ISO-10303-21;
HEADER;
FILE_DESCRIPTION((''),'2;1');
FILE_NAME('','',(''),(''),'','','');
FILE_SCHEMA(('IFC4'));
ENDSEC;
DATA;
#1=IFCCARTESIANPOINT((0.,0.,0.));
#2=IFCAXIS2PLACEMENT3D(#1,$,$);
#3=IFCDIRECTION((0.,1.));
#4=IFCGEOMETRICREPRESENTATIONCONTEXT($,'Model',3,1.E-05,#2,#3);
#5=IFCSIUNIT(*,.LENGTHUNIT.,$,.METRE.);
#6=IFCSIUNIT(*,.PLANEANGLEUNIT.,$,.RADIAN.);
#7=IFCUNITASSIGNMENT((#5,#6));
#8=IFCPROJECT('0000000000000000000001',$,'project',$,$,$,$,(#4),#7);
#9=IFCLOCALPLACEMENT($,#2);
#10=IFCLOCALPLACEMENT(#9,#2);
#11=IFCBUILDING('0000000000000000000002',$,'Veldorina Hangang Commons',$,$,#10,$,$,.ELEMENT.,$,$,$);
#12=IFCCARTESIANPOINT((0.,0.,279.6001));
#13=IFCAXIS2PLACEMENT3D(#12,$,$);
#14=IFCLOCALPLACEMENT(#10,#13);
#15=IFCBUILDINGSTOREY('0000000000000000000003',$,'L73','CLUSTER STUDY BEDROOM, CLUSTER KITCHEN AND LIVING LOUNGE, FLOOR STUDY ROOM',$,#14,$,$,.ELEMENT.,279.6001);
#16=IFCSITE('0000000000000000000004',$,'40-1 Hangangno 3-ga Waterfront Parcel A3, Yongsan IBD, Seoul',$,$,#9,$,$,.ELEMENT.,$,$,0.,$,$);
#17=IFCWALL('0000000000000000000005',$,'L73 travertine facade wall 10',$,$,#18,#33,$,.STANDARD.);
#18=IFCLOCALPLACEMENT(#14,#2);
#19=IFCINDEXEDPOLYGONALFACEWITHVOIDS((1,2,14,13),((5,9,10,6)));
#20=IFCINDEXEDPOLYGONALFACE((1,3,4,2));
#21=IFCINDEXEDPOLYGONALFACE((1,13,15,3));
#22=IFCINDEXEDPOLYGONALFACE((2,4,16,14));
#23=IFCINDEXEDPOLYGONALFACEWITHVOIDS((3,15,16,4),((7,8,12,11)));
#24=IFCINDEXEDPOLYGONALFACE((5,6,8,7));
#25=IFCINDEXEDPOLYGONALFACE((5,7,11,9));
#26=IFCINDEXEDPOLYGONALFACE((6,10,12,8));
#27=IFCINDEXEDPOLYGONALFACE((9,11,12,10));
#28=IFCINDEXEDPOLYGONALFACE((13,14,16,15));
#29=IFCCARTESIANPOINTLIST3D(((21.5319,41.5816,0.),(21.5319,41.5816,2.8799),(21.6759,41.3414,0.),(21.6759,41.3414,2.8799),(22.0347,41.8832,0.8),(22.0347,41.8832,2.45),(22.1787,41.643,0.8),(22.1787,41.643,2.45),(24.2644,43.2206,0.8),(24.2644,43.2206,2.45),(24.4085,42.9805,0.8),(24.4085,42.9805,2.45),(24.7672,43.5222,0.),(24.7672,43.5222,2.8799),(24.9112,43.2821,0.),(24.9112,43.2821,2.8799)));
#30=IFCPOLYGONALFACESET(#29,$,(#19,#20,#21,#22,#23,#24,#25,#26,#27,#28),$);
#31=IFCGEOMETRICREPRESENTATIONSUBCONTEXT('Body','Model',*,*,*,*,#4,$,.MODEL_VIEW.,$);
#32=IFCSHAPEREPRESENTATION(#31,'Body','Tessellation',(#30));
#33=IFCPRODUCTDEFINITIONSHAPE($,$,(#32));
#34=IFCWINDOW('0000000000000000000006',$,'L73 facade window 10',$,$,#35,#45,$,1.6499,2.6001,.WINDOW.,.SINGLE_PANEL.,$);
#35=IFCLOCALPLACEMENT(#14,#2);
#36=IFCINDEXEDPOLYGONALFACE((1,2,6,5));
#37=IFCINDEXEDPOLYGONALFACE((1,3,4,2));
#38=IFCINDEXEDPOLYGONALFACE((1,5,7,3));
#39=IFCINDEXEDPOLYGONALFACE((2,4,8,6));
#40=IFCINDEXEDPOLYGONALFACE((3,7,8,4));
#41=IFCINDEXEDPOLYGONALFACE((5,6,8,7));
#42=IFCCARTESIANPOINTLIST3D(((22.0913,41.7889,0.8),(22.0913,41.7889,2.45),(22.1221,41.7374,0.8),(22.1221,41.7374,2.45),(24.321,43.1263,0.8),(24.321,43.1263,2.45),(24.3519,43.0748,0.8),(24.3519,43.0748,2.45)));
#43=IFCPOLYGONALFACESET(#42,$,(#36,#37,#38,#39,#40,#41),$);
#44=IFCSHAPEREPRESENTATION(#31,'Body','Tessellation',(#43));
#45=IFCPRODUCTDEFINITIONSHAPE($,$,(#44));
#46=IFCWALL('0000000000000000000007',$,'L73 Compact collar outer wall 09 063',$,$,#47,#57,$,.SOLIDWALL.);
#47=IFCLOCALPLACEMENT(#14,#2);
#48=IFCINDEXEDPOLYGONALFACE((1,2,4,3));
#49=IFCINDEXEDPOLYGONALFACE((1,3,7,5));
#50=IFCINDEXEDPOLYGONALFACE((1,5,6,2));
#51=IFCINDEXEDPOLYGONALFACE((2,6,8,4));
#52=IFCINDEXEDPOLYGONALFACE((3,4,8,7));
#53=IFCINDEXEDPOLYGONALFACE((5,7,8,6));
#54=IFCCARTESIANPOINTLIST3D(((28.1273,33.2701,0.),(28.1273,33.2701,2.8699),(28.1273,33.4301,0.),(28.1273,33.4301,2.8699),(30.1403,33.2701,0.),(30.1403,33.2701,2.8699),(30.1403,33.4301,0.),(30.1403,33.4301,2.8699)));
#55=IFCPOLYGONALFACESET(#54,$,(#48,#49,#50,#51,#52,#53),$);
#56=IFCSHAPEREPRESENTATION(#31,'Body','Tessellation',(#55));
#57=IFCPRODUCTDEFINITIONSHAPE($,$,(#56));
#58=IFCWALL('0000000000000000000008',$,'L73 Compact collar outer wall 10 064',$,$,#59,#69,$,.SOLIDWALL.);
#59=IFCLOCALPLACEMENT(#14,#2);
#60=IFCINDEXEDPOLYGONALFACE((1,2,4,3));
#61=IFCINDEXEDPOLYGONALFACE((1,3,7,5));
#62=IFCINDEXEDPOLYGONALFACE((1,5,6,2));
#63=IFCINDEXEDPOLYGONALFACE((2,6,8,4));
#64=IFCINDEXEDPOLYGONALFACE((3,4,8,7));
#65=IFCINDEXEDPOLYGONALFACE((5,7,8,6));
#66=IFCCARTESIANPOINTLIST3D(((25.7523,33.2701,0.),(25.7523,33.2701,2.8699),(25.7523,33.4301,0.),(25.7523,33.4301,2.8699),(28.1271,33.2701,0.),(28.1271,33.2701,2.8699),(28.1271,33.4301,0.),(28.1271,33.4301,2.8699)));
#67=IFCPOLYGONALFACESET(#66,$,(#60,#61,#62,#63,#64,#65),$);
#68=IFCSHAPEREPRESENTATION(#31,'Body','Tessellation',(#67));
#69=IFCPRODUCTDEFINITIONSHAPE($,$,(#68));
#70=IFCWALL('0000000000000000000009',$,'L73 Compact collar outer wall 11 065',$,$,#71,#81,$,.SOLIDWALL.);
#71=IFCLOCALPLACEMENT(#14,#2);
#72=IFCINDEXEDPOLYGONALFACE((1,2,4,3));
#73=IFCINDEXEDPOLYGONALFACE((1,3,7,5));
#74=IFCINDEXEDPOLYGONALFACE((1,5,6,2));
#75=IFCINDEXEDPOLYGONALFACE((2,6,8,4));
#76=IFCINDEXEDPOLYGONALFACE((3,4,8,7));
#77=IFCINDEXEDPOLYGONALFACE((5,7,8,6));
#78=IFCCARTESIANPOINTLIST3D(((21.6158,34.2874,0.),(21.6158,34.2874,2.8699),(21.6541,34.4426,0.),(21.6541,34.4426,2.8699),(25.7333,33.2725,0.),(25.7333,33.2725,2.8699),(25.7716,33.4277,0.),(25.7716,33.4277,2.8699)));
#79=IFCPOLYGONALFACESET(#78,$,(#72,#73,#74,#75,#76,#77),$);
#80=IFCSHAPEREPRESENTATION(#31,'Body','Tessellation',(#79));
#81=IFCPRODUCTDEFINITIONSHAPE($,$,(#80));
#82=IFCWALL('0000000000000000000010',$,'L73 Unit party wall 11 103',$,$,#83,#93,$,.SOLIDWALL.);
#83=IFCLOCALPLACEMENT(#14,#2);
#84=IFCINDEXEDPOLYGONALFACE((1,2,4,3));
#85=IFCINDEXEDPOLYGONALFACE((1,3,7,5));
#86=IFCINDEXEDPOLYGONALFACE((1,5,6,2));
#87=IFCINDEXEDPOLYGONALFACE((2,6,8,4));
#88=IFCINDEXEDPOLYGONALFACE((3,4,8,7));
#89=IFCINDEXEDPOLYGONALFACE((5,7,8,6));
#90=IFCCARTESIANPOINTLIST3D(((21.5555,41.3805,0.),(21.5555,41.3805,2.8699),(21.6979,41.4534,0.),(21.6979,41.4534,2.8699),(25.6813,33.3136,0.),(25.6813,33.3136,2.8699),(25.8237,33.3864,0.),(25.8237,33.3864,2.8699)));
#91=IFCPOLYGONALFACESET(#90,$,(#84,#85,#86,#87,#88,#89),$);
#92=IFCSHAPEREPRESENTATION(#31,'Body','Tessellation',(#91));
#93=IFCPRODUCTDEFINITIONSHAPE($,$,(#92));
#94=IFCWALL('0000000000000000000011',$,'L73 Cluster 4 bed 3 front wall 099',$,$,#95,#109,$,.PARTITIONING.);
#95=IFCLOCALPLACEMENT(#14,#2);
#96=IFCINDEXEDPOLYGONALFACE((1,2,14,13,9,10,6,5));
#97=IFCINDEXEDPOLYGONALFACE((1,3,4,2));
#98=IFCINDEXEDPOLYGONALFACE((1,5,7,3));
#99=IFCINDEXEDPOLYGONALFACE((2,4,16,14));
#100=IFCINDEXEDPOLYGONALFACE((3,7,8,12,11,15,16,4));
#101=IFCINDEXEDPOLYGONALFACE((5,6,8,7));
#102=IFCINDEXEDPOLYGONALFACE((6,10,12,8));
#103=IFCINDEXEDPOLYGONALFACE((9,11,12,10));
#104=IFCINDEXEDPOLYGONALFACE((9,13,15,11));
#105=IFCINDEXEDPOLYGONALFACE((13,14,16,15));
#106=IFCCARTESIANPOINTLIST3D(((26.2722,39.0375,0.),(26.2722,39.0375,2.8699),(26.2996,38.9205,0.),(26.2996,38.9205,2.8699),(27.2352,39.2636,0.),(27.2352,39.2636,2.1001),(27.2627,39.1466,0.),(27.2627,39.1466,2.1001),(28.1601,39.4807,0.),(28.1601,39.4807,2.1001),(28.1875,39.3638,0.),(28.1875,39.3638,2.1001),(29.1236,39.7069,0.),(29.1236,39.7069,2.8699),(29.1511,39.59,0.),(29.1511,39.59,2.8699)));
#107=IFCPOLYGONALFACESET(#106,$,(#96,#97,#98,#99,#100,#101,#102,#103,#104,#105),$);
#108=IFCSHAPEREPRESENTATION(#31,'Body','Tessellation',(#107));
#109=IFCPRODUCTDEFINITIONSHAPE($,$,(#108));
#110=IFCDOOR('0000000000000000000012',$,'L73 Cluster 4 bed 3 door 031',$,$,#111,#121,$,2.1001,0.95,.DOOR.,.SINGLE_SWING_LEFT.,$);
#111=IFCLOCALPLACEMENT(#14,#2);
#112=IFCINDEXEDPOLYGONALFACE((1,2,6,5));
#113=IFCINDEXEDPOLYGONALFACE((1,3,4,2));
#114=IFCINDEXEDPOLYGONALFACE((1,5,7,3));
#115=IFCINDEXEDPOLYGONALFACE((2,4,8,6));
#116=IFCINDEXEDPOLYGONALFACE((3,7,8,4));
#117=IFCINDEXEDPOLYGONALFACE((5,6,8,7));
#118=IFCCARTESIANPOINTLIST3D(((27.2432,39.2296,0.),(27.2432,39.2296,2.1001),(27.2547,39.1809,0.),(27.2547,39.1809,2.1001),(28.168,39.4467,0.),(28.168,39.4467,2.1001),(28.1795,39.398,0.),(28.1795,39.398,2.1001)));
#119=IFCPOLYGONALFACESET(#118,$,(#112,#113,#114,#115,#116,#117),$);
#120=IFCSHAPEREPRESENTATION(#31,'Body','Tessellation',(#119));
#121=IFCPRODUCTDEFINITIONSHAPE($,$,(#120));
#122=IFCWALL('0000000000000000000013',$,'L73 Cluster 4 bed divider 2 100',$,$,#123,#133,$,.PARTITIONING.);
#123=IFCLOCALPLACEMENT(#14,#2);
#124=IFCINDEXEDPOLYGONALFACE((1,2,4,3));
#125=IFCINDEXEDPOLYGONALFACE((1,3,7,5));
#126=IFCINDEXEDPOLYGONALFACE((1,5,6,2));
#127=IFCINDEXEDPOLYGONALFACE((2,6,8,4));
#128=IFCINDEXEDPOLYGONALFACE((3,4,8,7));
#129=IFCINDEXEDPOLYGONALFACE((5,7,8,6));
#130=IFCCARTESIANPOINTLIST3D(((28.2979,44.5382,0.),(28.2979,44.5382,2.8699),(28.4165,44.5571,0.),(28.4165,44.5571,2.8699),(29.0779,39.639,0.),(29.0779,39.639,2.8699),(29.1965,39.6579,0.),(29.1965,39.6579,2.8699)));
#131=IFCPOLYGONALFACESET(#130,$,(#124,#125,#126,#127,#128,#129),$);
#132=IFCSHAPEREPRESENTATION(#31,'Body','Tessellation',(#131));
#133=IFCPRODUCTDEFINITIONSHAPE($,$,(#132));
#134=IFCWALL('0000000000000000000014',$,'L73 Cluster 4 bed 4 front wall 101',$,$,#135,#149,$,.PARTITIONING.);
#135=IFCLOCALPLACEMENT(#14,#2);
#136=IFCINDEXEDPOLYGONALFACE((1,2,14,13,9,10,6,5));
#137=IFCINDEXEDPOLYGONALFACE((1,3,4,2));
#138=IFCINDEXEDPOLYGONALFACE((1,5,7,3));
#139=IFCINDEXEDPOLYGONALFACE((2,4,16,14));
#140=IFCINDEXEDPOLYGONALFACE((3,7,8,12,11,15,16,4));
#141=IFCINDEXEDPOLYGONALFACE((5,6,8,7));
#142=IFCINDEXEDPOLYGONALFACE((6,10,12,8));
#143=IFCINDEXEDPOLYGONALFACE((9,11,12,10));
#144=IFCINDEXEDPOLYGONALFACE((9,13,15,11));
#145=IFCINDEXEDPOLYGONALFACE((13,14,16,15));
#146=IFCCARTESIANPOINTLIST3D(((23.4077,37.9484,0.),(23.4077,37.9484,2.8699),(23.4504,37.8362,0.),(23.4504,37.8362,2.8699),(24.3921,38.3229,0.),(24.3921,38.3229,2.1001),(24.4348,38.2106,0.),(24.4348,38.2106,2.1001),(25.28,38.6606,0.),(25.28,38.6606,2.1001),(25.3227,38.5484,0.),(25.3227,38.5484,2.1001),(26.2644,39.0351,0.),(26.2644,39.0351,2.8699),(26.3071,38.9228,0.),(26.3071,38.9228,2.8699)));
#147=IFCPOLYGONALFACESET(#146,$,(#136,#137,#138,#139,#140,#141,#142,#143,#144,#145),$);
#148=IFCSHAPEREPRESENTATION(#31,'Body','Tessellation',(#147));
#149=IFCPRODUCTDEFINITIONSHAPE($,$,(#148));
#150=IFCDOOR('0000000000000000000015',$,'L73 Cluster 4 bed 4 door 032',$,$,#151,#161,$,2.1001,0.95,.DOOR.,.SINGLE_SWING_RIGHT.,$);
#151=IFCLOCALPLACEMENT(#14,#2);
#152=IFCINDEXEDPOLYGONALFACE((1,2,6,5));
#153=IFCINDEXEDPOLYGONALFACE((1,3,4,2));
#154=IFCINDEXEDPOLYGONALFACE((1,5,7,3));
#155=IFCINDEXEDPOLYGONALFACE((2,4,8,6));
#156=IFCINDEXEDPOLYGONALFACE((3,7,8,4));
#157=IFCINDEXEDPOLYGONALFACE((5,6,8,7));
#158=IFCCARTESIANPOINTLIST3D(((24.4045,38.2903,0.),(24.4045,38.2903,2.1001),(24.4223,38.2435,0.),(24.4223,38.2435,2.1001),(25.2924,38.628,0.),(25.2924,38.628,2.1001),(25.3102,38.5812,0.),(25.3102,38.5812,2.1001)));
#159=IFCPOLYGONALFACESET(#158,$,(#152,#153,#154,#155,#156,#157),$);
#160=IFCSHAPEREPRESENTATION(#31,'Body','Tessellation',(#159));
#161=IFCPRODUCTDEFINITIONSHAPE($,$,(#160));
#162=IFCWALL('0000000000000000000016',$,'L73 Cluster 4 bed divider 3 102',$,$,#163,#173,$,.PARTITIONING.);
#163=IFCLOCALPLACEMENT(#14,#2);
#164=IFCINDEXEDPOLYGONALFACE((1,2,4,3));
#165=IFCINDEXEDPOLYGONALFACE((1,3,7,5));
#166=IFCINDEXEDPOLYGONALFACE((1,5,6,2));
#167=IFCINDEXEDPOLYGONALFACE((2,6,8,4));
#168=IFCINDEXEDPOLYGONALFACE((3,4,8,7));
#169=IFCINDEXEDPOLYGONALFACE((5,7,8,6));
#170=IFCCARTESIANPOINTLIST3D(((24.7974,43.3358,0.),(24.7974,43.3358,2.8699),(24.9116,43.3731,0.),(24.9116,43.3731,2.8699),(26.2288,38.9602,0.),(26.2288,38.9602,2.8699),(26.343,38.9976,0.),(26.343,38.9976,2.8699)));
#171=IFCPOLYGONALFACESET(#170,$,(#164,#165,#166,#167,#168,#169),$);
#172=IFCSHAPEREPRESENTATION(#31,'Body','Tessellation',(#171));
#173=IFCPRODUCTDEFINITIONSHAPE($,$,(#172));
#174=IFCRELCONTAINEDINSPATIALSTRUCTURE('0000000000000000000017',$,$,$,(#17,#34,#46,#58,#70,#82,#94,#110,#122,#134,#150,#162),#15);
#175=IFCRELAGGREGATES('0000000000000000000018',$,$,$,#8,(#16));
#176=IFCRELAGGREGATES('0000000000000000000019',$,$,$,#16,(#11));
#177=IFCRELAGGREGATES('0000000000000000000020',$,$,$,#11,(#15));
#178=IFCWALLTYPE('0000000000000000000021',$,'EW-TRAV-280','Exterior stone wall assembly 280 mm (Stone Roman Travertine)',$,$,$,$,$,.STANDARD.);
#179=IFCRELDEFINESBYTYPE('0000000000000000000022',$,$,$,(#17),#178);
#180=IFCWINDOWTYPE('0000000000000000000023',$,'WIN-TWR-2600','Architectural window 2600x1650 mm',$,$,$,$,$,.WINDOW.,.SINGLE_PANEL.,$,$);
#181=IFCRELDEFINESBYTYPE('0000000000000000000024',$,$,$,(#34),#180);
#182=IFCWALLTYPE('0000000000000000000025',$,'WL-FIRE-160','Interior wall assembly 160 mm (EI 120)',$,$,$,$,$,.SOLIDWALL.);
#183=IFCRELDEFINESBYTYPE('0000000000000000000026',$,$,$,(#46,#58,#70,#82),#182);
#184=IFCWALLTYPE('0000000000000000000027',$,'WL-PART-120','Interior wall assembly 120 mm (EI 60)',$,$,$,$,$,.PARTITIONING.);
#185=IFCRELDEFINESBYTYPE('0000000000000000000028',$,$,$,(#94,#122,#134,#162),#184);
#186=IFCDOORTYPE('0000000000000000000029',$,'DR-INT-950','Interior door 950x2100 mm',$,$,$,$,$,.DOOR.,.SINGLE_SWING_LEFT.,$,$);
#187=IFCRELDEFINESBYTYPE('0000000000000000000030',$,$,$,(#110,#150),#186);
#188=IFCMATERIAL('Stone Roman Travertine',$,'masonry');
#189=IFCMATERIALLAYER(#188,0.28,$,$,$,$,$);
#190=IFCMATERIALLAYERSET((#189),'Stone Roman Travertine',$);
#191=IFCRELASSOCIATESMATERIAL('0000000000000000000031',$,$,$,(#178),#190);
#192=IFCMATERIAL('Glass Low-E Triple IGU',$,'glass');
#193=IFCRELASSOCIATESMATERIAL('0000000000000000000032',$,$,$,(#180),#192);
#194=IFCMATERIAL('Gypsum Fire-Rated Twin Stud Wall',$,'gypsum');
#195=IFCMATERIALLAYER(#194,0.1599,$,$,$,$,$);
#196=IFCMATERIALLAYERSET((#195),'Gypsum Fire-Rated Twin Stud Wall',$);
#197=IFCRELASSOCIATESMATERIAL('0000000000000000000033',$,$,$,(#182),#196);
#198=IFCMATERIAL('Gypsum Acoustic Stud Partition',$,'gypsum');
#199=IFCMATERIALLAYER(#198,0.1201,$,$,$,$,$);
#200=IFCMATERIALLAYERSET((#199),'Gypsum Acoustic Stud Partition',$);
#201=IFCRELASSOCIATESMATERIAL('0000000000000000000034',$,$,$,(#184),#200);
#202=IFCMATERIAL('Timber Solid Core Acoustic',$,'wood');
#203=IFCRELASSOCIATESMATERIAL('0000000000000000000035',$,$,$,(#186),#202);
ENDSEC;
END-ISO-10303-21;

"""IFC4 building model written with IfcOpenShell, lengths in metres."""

from ifc_helpers import new_model, si_unit, direction, frame, frame_2d, origin, place, context, subcontext, project, spatial, rectangle, extrude, material, layer, layer_set, type_object, element, fill, save


model = new_model("IFC4")

# Units and contexts
model_context = context("Model", 3, precision=1e-05, world=origin(), true_north=direction((0.0, 1.0)))
body_context = subcontext(model_context, "Body", "Model", "MODEL_VIEW")
ifc_project = project(units=[si_unit("LENGTHUNIT", "METRE"), si_unit("PLANEANGLEUNIT", "RADIAN")], contexts=[model_context])

# Site, building, storey
site_placement = place(None, origin())
site = spatial("IfcSite", under=ifc_project, at=site_placement, Name="40-1 Hangangno 3-ga Waterfront Parcel A3, Yongsan IBD, Seoul", CompositionType="ELEMENT", RefElevation=0.0)
building_placement = place(site_placement, origin())
building = spatial("IfcBuilding", under=site, at=building_placement, Name="Veldorina Hangang Commons", CompositionType="ELEMENT")
storey_placement = place(building_placement, frame((0.0, 0.0, 279.6001)))
storey = spatial("IfcBuildingStorey", under=building, at=storey_placement, Name="L73", Description="CLUSTER STUDY BEDROOM, CLUSTER KITCHEN AND LIVING LOUNGE, FLOOR STUDY ROOM", CompositionType="ELEMENT", Elevation=279.6001)

# Wall, opening, window
ifc_material_1 = material(Name="Stone Roman Travertine", Category="masonry")
ifc_layer_1 = layer(ifc_material_1, 0.28)
ifc_layer_set_1 = layer_set([ifc_layer_1], Name="Stone Roman Travertine")
wall_type_1 = type_object("IfcWallType", Name="EW-TRAV-280", Description="Exterior stone wall assembly 280 mm (Stone Roman Travertine)", PredefinedType="STANDARD", material=ifc_layer_set_1)
ifc_material_2 = material(Name="Glass Low-E Triple IGU", Category="glass")
wall_1_placement = place(storey_placement, frame((24.8391, 43.4021, 0.0), z_axis=(0.0, 0.0, 1.0), x_axis=(-0.857556, -0.514391, 0.0)))
wall_1 = element("IfcWall", 1, at=wall_1_placement, inside=storey, type_object=wall_type_1, Name="L73 travertine facade wall 10", PredefinedType="STANDARD", context=body_context, shape_type="SweptSolid", body=[
    extrude(rectangle(XDim=3.7727, YDim=0.28, at=frame_2d((1.8862, 0.0))), origin(), (0.0, 0.0, 1.0), 2.8799),
])
opening_1_placement = place(wall_1_placement, frame((0.5862, 0.0, 0.8)))
opening_1 = element("IfcOpeningElement", 2, at=opening_1_placement, cuts=wall_1, PredefinedType="OPENING", context=body_context, shape_type="SweptSolid", body=[
    extrude(rectangle(XDim=2.6001, YDim=1.6499, at=frame_2d((1.3, 0.825))), frame((0.0, 0.1499, 0.0), z_axis=(0.0, -1.0, 0.0), x_axis=(1.0, 0.0, 0.0)), (0.0, 0.0, 1.0), 0.3),
])
window_type_1 = type_object("IfcWindowType", Name="WIN-TWR-2600", Description="Architectural window 2600x1650 mm", PartitioningType="SINGLE_PANEL", PredefinedType="WINDOW", material=ifc_material_2)
window_1_placement = place(opening_1_placement, origin())
window_1 = element("IfcWindow", 3, at=window_1_placement, inside=storey, type_object=window_type_1, Name="L73 facade window 10", OverallHeight=1.6499, OverallWidth=2.6001, PartitioningType="SINGLE_PANEL", PredefinedType="WINDOW", context=body_context, shape_type="SweptSolid", body=[
    extrude(rectangle(XDim=2.6001, YDim=1.6499, at=frame_2d((1.3, 0.825))), frame((0.0, 0.03, 0.0), z_axis=(0.0, -1.0, 0.0), x_axis=(1.0, 0.0, 0.0)), (0.0, 0.0, 1.0), 0.0601),
])
fill(opening_1, window_1)

# Walls
ifc_material_3 = material(Name="Gypsum Fire-Rated Twin Stud Wall", Category="gypsum")
ifc_layer_2 = layer(ifc_material_3, 0.1599)
ifc_layer_set_2 = layer_set([ifc_layer_2], Name="Gypsum Fire-Rated Twin Stud Wall")
wall_type_2 = type_object("IfcWallType", Name="WL-FIRE-160", Description="Interior wall assembly 160 mm (EI 120)", PredefinedType="SOLIDWALL", material=ifc_layer_set_2)
wall_2_placement = place(storey_placement, frame((30.1401, 33.3501, 0.0), z_axis=(0.0, 0.0, 1.0), x_axis=(-1.0, 0.0, 0.0)))
element("IfcWall", 4, at=wall_2_placement, inside=storey, type_object=wall_type_2, Name="L73 Compact collar outer wall 09 063", PredefinedType="SOLIDWALL", context=body_context, shape_type="SweptSolid", body=[
    extrude(rectangle(XDim=2.0129, YDim=0.1599, at=frame_2d((1.0063, 0.0))), origin(), (0.0, 0.0, 1.0), 2.8699),
])
wall_3_placement = place(storey_placement, frame((28.1272, 33.3501, 0.0), z_axis=(0.0, 0.0, 1.0), x_axis=(-1.0, 0.0, 0.0)))
element("IfcWall", 5, at=wall_3_placement, inside=storey, type_object=wall_type_2, Name="L73 Compact collar outer wall 10 064", PredefinedType="SOLIDWALL", context=body_context, shape_type="SweptSolid", body=[
    extrude(rectangle(XDim=2.3748, YDim=0.1599, at=frame_2d((1.1875, 0.0))), origin(), (0.0, 0.0, 1.0), 2.8699),
])
wall_4_placement = place(storey_placement, frame((25.7524, 33.3501, 0.0), z_axis=(0.0, 0.0, 1.0), x_axis=(-0.97094, 0.239324, 0.0)))
element("IfcWall", 6, at=wall_4_placement, inside=storey, type_object=wall_type_2, Name="L73 Compact collar outer wall 11 065", PredefinedType="SOLIDWALL", context=body_context, shape_type="SweptSolid", body=[
    extrude(rectangle(XDim=4.2407, YDim=0.1599, at=frame_2d((2.1204, 0.0))), origin(), (0.0, 0.0, 1.0), 2.8699),
])
wall_5_placement = place(storey_placement, frame((25.7524, 33.3501, 0.0), z_axis=(0.0, 0.0, 1.0), x_axis=(-0.455343, 0.890316, 0.0)))
element("IfcWall", 7, at=wall_5_placement, inside=storey, type_object=wall_type_2, Name="L73 Unit party wall 11 103", PredefinedType="SOLIDWALL", context=body_context, shape_type="SweptSolid", body=[
    extrude(rectangle(XDim=9.0608, YDim=0.1599, at=frame_2d((4.5303, 0.0))), origin(), (0.0, 0.0, 1.0), 2.8699),
])

# Wall, opening, door
ifc_material_4 = material(Name="Gypsum Acoustic Stud Partition", Category="gypsum")
ifc_layer_3 = layer(ifc_material_4, 0.1201)
ifc_layer_set_3 = layer_set([ifc_layer_3], Name="Gypsum Acoustic Stud Partition")
wall_type_3 = type_object("IfcWallType", Name="WL-PART-120", Description="Interior wall assembly 120 mm (EI 60)", PredefinedType="PARTITIONING", material=ifc_layer_set_3)
wall_6_placement = place(storey_placement, frame((29.1372, 39.6484, 0.0), z_axis=(0.0, 0.0, 1.0), x_axis=(-0.973529, -0.228565, 0.0)))
wall_6 = element("IfcWall", 8, at=wall_6_placement, inside=storey, type_object=wall_type_3, Name="L73 Cluster 4 bed 3 front wall 099", PredefinedType="PARTITIONING", context=body_context, shape_type="SweptSolid", body=[
    extrude(rectangle(XDim=2.929, YDim=0.1201, at=frame_2d((1.4644, 0.0))), origin(), (0.0, 0.0, 1.0), 2.8699),
])
opening_2_placement = place(wall_6_placement, frame((0.9895, 0.0, 0.0)))
opening_2 = element("IfcOpeningElement", 9, at=opening_2_placement, cuts=wall_6, PredefinedType="OPENING", context=body_context, shape_type="SweptSolid", body=[
    extrude(rectangle(XDim=0.95, YDim=2.1001, at=frame_2d((0.4751, 1.05))), frame((0.0, 0.0701, 0.0), z_axis=(0.0, -1.0, 0.0), x_axis=(1.0, 0.0, 0.0)), (0.0, 0.0, 1.0), 0.1401),
])
ifc_material_5 = material(Name="Timber Solid Core Acoustic", Category="wood")
door_type = type_object("IfcDoorType", Name="DR-INT-950", Description="Interior door 950x2100 mm", OperationType="SINGLE_SWING_LEFT", PredefinedType="DOOR", material=ifc_material_5)
door_1_placement = place(opening_2_placement, origin())
door_1 = element("IfcDoor", 10, at=door_1_placement, inside=storey, type_object=door_type, Name="L73 Cluster 4 bed 3 door 031", OperationType="SINGLE_SWING_LEFT", OverallHeight=2.1001, OverallWidth=0.95, PredefinedType="DOOR", context=body_context, shape_type="SweptSolid", body=[
    extrude(rectangle(XDim=0.95, YDim=2.1001, at=frame_2d((0.4751, 1.05))), frame((0.0, 0.0249, 0.0), z_axis=(0.0, -1.0, 0.0), x_axis=(1.0, 0.0, 0.0)), (0.0, 0.0, 1.0), 0.05),
])
fill(opening_2, door_1)

# Wall
wall_7_placement = place(storey_placement, frame((29.1372, 39.6484, 0.0), z_axis=(0.0, 0.0, 1.0), x_axis=(-0.157236, 0.987561, 0.0)))
element("IfcWall", 11, at=wall_7_placement, inside=storey, type_object=wall_type_3, Name="L73 Cluster 4 bed divider 2 100", PredefinedType="PARTITIONING", context=body_context, shape_type="SweptSolid", body=[
    extrude(rectangle(XDim=4.9609, YDim=0.1201, at=frame_2d((2.4805, 0.0))), origin(), (0.0, 0.0, 1.0), 2.8699),
])

# Wall, opening, door
wall_8_placement = place(storey_placement, frame((26.2859, 38.979, 0.0), z_axis=(0.0, 0.0, 1.0), x_axis=(-0.934661, -0.35554, 0.0)))
wall_8 = element("IfcWall", 12, at=wall_8_placement, inside=storey, type_object=wall_type_3, Name="L73 Cluster 4 bed 4 front wall 101", PredefinedType="PARTITIONING", context=body_context, shape_type="SweptSolid", body=[
    extrude(rectangle(XDim=3.0564, YDim=0.1201, at=frame_2d((1.5283, 0.0))), origin(), (0.0, 0.0, 1.0), 2.8699),
])
opening_3_placement = place(wall_8_placement, frame((1.0532, 0.0, 0.0)))
opening_3 = element("IfcOpeningElement", 13, at=opening_3_placement, cuts=wall_8, PredefinedType="OPENING", context=body_context, shape_type="SweptSolid", body=[
    extrude(rectangle(XDim=0.95, YDim=2.1001, at=frame_2d((0.4751, 1.05))), frame((0.0, 0.0701, 0.0), z_axis=(0.0, -1.0, 0.0), x_axis=(1.0, 0.0, 0.0)), (0.0, 0.0, 1.0), 0.1401),
])
door_2_placement = place(opening_3_placement, origin())
door_2 = element("IfcDoor", 14, at=door_2_placement, inside=storey, type_object=door_type, Name="L73 Cluster 4 bed 4 door 032", OperationType="SINGLE_SWING_RIGHT", OverallHeight=2.1001, OverallWidth=0.95, PredefinedType="DOOR", context=body_context, shape_type="SweptSolid", body=[
    extrude(rectangle(XDim=0.95, YDim=2.1001, at=frame_2d((0.4751, 1.05))), frame((0.0, 0.0249, 0.0), z_axis=(0.0, -1.0, 0.0), x_axis=(1.0, 0.0, 0.0)), (0.0, 0.0, 1.0), 0.05),
])
fill(opening_3, door_2)

# Wall
wall_9_placement = place(storey_placement, frame((26.2859, 38.979, 0.0), z_axis=(0.0, 0.0, 1.0), x_axis=(-0.310925, 0.950434, 0.0)))
element("IfcWall", 15, at=wall_9_placement, inside=storey, type_object=wall_type_3, Name="L73 Cluster 4 bed divider 3 102", PredefinedType="PARTITIONING", context=body_context, shape_type="SweptSolid", body=[
    extrude(rectangle(XDim=4.6038, YDim=0.1201, at=frame_2d((2.3018, 0.0))), origin(), (0.0, 0.0, 1.0), 2.8699),
])

save(model, "model.ifc")
